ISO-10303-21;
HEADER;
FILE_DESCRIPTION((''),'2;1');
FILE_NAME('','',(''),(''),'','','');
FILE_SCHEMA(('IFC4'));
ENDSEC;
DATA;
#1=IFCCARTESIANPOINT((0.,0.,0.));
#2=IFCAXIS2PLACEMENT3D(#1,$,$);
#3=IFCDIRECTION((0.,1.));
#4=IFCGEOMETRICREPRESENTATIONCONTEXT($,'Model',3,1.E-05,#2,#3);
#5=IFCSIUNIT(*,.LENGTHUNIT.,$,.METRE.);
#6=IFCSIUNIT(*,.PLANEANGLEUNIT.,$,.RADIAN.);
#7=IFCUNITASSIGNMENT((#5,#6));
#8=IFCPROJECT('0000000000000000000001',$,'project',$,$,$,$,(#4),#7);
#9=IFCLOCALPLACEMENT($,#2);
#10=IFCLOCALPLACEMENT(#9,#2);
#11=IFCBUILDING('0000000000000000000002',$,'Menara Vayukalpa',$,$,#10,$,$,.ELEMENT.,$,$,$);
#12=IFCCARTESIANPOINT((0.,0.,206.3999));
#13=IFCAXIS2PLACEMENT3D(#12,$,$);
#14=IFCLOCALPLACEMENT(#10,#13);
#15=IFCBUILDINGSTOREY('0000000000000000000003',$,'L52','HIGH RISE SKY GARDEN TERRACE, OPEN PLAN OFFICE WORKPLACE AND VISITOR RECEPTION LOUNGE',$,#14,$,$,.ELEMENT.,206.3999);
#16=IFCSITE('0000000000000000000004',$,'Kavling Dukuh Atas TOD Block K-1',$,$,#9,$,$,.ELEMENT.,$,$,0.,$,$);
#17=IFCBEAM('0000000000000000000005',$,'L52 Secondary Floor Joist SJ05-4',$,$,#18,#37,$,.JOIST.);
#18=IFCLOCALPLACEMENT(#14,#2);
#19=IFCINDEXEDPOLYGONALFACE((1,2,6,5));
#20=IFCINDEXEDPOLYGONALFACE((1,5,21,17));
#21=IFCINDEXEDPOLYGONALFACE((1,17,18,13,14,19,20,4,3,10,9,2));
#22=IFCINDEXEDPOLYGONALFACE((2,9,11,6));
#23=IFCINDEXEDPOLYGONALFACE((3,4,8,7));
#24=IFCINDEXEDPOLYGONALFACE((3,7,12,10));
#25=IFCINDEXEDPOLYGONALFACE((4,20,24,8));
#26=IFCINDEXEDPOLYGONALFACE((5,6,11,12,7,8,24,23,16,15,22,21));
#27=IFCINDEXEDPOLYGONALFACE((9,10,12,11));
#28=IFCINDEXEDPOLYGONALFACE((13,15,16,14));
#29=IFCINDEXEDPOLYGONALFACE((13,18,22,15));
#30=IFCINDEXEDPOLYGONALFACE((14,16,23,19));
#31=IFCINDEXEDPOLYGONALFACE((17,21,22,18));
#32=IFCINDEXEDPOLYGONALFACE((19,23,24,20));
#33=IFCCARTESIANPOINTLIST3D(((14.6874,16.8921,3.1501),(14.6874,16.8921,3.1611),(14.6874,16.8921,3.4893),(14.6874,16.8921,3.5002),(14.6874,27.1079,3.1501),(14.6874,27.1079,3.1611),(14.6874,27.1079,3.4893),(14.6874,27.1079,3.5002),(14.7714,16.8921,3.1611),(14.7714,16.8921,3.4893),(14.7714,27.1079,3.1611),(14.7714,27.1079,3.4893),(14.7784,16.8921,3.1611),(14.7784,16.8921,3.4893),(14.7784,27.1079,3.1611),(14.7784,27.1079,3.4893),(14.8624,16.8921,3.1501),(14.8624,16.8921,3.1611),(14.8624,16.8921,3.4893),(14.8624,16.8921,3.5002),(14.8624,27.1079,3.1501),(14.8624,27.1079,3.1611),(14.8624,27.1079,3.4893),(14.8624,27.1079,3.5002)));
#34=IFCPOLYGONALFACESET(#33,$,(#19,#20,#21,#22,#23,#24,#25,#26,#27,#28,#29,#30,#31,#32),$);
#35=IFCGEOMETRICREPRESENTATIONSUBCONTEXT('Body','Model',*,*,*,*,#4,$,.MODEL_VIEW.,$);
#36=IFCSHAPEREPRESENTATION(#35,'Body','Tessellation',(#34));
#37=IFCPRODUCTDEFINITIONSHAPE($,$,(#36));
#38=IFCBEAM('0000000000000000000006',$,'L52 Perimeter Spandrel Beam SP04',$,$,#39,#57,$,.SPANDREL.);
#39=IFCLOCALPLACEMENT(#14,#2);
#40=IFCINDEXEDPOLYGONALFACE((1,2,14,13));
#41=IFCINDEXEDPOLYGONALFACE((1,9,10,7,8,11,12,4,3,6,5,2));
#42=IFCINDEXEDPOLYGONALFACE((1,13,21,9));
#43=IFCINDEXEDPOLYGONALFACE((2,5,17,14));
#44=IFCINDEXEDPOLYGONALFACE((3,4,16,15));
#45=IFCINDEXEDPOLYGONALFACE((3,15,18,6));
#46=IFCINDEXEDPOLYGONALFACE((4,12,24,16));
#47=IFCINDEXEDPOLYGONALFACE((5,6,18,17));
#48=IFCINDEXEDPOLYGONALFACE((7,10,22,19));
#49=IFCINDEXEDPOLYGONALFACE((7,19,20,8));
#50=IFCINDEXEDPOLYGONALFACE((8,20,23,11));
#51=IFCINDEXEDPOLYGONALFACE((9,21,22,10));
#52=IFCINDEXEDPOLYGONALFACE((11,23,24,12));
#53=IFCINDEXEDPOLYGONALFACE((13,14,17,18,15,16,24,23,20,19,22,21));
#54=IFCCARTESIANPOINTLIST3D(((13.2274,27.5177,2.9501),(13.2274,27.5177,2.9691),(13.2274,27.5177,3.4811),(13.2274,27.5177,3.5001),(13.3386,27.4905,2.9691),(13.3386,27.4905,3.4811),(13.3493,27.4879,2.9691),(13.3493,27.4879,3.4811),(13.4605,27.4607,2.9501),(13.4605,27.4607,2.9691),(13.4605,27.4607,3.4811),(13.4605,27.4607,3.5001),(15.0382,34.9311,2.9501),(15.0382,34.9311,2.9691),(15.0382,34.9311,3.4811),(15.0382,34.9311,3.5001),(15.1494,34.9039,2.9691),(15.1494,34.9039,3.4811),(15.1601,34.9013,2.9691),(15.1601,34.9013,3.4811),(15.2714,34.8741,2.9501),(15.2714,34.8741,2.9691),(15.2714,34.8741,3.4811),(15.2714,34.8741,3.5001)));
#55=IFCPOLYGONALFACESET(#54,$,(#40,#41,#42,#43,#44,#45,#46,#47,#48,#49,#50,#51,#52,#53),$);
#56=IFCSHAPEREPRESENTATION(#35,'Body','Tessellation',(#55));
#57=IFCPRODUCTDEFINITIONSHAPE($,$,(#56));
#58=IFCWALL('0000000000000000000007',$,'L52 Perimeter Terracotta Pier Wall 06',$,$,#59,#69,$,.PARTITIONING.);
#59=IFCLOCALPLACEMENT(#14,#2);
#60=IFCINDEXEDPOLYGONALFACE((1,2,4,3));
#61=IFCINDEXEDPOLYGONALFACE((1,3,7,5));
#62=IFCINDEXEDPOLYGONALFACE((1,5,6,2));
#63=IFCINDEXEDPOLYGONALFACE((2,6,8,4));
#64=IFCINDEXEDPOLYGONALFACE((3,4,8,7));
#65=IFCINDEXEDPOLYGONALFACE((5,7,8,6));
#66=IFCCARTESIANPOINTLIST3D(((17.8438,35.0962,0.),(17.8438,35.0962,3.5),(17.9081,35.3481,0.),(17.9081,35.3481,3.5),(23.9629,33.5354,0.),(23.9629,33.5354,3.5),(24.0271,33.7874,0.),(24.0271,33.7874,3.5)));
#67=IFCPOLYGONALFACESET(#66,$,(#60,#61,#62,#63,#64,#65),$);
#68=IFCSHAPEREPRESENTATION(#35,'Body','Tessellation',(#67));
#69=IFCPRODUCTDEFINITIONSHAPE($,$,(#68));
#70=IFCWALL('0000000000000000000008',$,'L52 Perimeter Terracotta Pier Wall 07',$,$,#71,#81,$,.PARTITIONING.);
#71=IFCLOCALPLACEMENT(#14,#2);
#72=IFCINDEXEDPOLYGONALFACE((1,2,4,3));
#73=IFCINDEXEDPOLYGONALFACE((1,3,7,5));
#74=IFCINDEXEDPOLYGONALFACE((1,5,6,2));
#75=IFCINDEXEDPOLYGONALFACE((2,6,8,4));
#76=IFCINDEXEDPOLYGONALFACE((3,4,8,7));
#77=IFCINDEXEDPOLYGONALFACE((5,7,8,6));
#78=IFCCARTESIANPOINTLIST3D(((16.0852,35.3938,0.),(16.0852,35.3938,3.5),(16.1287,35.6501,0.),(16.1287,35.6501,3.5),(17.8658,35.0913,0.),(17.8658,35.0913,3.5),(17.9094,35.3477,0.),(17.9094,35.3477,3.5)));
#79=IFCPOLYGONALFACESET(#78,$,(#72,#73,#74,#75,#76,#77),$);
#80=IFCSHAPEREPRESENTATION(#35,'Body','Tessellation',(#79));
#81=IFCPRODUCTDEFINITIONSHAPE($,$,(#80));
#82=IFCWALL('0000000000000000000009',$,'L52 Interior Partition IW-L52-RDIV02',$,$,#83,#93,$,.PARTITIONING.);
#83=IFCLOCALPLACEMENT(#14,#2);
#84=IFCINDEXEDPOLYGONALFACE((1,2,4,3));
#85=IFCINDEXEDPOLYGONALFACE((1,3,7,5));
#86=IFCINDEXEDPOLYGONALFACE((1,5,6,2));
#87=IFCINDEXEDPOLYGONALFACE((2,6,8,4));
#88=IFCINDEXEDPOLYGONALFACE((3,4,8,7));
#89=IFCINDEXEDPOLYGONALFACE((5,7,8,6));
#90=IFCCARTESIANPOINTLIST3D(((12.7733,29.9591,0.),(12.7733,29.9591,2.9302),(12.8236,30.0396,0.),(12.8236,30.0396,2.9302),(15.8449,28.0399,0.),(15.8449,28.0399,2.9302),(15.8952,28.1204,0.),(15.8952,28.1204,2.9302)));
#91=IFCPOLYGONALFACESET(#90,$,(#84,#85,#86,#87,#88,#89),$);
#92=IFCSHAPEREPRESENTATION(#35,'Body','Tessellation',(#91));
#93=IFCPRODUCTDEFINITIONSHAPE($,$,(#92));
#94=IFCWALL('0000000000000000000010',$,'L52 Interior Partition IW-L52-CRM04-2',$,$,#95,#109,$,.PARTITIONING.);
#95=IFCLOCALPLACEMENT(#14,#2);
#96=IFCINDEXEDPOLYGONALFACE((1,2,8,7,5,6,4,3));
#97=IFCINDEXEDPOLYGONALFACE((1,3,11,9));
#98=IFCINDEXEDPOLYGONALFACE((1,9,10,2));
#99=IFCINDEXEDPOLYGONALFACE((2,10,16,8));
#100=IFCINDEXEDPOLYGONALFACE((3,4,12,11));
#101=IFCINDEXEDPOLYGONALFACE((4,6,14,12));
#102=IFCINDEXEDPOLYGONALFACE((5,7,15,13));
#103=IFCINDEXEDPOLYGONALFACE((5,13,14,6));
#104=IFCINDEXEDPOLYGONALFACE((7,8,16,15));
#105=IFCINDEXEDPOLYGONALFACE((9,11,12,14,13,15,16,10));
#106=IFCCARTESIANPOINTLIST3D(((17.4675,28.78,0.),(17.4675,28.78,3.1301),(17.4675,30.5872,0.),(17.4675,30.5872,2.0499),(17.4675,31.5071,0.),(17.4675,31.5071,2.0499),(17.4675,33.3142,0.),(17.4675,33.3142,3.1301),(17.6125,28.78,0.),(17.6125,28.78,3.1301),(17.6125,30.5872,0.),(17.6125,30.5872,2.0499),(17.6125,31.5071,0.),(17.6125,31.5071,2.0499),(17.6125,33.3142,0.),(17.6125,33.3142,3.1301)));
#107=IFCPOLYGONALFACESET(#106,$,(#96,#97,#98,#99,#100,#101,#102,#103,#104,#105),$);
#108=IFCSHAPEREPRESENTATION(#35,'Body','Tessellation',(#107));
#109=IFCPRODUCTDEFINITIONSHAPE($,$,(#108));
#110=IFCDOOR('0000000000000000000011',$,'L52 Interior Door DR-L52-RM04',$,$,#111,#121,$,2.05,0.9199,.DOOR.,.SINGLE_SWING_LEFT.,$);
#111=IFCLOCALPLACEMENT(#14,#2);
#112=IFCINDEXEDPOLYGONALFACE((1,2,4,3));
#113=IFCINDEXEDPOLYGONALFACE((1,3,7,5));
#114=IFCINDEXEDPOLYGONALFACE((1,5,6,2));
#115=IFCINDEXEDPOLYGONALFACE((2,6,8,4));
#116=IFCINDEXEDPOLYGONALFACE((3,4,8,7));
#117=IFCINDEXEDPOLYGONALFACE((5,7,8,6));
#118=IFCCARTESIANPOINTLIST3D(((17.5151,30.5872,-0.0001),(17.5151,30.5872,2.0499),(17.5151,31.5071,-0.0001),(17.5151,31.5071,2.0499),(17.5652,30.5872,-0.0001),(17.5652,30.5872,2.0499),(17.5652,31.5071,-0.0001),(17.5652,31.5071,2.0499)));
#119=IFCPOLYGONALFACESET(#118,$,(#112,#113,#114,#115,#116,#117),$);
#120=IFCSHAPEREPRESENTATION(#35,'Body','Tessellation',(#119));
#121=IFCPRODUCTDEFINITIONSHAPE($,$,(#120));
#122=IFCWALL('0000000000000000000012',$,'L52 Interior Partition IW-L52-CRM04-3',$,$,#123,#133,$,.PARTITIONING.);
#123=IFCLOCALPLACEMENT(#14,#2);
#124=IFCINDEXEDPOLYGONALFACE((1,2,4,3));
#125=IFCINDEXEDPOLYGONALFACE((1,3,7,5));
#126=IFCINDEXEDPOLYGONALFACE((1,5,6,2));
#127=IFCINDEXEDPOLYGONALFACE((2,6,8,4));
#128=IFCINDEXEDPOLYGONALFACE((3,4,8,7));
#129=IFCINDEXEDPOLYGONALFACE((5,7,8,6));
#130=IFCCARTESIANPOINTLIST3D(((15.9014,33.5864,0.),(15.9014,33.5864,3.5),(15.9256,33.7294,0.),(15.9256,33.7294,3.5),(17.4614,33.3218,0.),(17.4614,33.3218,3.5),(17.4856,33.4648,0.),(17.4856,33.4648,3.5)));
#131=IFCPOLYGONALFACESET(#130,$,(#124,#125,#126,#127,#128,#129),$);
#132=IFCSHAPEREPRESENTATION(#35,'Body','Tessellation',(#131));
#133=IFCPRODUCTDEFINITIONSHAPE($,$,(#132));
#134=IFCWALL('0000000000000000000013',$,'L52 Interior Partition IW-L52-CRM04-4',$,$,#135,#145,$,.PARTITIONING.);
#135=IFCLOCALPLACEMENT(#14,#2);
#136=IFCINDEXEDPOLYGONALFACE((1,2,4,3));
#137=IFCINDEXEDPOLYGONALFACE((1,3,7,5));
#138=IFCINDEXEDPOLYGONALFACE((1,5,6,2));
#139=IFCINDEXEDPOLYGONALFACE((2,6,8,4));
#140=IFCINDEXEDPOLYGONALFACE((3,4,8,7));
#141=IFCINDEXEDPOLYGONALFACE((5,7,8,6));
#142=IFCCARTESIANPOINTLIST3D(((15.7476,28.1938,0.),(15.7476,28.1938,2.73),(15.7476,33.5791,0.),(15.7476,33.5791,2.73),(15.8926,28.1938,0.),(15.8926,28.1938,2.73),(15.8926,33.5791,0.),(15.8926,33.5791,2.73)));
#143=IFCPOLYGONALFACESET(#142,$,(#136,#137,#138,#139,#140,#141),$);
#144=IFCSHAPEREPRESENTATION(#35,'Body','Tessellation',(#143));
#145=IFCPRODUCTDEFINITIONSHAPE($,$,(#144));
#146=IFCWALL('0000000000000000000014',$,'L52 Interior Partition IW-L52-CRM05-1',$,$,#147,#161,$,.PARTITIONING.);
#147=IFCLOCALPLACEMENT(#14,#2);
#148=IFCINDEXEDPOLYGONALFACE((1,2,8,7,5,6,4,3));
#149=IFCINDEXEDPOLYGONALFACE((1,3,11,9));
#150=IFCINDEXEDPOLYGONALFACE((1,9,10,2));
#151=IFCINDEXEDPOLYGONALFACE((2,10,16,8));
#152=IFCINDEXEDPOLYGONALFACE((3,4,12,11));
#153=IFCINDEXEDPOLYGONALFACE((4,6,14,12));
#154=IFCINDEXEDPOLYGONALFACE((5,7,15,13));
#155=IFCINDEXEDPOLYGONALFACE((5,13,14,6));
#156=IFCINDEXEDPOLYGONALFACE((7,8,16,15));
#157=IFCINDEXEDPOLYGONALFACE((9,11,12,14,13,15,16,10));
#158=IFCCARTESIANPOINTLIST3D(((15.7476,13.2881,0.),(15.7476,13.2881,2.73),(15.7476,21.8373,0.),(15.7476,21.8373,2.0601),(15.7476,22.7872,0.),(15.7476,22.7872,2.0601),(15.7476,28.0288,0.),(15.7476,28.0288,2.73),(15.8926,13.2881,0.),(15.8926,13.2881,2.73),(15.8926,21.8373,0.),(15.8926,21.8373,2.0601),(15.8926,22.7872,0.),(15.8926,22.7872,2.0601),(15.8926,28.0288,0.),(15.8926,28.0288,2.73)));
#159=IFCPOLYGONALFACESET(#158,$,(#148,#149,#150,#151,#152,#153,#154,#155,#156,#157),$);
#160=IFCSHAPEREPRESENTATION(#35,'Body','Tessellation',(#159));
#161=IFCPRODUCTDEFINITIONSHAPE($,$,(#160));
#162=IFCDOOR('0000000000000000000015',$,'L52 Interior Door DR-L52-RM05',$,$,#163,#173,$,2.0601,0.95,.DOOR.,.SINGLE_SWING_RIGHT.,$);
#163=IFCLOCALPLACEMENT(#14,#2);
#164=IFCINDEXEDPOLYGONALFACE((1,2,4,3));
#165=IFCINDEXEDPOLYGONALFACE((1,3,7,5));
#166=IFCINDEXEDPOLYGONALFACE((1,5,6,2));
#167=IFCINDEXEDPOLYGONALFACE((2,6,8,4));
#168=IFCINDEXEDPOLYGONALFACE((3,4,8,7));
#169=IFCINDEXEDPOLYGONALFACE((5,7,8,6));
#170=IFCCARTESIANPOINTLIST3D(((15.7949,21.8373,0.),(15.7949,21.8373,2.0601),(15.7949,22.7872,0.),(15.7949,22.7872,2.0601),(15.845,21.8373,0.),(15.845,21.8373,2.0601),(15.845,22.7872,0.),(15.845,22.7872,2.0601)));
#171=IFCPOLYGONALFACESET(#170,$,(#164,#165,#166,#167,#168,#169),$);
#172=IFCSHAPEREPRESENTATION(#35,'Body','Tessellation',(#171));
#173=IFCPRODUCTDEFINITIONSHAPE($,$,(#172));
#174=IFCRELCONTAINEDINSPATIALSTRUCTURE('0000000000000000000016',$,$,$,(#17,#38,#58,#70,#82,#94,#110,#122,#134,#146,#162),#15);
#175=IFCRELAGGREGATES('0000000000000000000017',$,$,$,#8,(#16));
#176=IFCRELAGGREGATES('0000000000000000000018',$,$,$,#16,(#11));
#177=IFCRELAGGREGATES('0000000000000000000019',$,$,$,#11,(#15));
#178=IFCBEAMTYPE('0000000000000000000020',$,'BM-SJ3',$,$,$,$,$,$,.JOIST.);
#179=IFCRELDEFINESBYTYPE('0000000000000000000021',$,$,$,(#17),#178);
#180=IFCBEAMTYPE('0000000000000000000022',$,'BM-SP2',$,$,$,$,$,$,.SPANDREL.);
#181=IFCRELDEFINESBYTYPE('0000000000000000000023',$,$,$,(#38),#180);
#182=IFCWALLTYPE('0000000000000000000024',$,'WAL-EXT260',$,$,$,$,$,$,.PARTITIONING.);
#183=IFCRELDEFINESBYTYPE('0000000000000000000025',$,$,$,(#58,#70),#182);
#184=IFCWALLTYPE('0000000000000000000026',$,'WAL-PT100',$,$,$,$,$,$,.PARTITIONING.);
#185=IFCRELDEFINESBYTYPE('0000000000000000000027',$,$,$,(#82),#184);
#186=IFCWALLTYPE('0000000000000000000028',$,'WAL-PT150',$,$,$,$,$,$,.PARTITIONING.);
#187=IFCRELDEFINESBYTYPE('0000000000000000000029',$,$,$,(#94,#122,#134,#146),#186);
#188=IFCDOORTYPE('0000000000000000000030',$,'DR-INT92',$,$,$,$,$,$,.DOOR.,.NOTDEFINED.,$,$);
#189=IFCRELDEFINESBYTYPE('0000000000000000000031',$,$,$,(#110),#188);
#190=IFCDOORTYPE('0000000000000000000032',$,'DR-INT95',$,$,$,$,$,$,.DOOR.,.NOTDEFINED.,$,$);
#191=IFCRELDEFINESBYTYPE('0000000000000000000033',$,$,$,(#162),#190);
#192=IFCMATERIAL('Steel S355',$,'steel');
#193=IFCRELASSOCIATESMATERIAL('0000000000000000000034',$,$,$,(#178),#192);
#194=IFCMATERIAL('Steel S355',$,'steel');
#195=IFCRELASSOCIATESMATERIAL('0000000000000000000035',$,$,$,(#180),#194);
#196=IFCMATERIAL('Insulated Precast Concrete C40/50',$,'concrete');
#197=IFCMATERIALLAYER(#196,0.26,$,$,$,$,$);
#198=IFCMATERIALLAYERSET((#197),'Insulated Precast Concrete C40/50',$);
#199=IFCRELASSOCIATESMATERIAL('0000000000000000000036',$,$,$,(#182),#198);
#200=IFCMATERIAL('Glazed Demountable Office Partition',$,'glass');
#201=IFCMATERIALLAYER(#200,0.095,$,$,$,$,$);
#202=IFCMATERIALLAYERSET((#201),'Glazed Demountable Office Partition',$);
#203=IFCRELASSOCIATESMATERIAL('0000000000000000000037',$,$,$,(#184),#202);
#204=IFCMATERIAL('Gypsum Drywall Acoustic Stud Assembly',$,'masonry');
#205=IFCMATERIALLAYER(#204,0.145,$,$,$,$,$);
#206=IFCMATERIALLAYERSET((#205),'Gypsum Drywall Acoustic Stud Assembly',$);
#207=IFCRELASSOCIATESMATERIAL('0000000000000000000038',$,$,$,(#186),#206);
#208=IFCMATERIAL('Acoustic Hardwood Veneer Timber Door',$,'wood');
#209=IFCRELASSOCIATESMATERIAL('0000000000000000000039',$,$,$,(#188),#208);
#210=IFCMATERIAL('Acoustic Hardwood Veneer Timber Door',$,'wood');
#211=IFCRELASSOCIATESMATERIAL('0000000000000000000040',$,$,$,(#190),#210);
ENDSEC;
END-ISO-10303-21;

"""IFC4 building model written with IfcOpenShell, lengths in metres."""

from ifc_helpers import new_model, si_unit, direction, frame, frame_2d, origin, origin_2d, place, context, subcontext, project, spatial, rectangle, i_section, extrude, material, layer, layer_set, material_profile, profile_set, type_object, element, fill, save


model = new_model("IFC4")

# Units and contexts
model_context = context("Model", 3, precision=1e-05, world=origin(), true_north=direction((0.0, 1.0)))
body_context = subcontext(model_context, "Body", "Model", "MODEL_VIEW")
ifc_project = project(units=[si_unit("LENGTHUNIT", "METRE"), si_unit("PLANEANGLEUNIT", "RADIAN")], contexts=[model_context])

# Site, building, storey
site_placement = place(None, origin())
site = spatial("IfcSite", under=ifc_project, at=site_placement, Name="Kavling Dukuh Atas TOD Block K-1", CompositionType="ELEMENT", RefElevation=0.0)
building_placement = place(site_placement, origin())
building = spatial("IfcBuilding", under=site, at=building_placement, Name="Menara Vayukalpa", CompositionType="ELEMENT")
storey_placement = place(building_placement, frame((0.0, 0.0, 206.3999)))
storey = spatial("IfcBuildingStorey", under=building, at=storey_placement, Name="L52", Description="HIGH RISE SKY GARDEN TERRACE, OPEN PLAN OFFICE WORKPLACE AND VISITOR RECEPTION LOUNGE", CompositionType="ELEMENT", Elevation=206.3999)

# Beams
ifc_material_1 = material(Name="Steel S355", Category="steel")
ifc_material_profile_1 = material_profile(ifc_material_1, i_section(OverallWidth=0.175, OverallDepth=0.3501, WebThickness=0.0071, FlangeThickness=0.011, at=origin_2d()), Name="WF 350x175x7x11")
ifc_profile_set_1 = profile_set([ifc_material_profile_1], Name="Steel S355")
beam_type_1 = type_object("IfcBeamType", Name="BM-SJ3", PredefinedType="JOIST", material=ifc_profile_set_1)
beam_1_placement = place(storey_placement, frame((14.7749, 27.1079, 3.3252), z_axis=(0.0, -1.0, 0.0), x_axis=(1.0, 0.0, 0.0)))
element("IfcBeam", 1, at=beam_1_placement, inside=storey, type_object=beam_type_1, Name="L52 Secondary Floor Joist SJ05-4", PredefinedType="JOIST", context=body_context, shape_type="SweptSolid", body=[
    extrude(i_section(OverallWidth=0.175, OverallDepth=0.3501, WebThickness=0.0071, FlangeThickness=0.011, at=origin_2d()), origin(), (0.0, 0.0, 1.0), 10.2158),
])
ifc_material_2 = material(Name="Steel S355", Category="steel")
ifc_material_profile_2 = material_profile(ifc_material_2, i_section(OverallWidth=0.24, OverallDepth=0.55, WebThickness=0.011, FlangeThickness=0.019, at=origin_2d()), Name="WF 550x240x11x19")
ifc_profile_set_2 = profile_set([ifc_material_profile_2], Name="Steel S355")
beam_type_2 = type_object("IfcBeamType", Name="BM-SP2", PredefinedType="SPANDREL", material=ifc_profile_set_2)
beam_2_placement = place(storey_placement, frame((15.1548, 34.9026, 3.2251), z_axis=(-0.237285, -0.97144, 0.0), x_axis=(0.97144, -0.237285, 0.0)))
element("IfcBeam", 2, at=beam_2_placement, inside=storey, type_object=beam_type_2, Name="L52 Perimeter Spandrel Beam SP04", PredefinedType="SPANDREL", context=body_context, shape_type="SweptSolid", body=[
    extrude(i_section(OverallWidth=0.24, OverallDepth=0.55, WebThickness=0.011, FlangeThickness=0.019, at=origin_2d()), origin(), (0.0, 0.0, 1.0), 7.6313),
])

# Walls
ifc_material_3 = material(Name="Insulated Precast Concrete C40/50", Category="concrete")
ifc_layer_1 = layer(ifc_material_3, 0.26)
ifc_layer_set_1 = layer_set([ifc_layer_1], Name="Insulated Precast Concrete C40/50")
wall_type_1 = type_object("IfcWallType", Name="WAL-EXT260", PredefinedType="PARTITIONING", material=ifc_layer_set_1)
wall_1_placement = place(storey_placement, frame((17.876, 35.2222, 0.0), z_axis=(0.0, 0.0, 1.0), x_axis=(0.968976, -0.247154, 0.0)))
element("IfcWall", 3, at=wall_1_placement, inside=storey, type_object=wall_type_1, Name="L52 Perimeter Terracotta Pier Wall 06", PredefinedType="PARTITIONING", context=body_context, shape_type="SweptSolid", body=[
    extrude(rectangle(XDim=6.3149, YDim=0.26, at=frame_2d((3.1575, 0.0))), origin(), (0.0, 0.0, 1.0), 3.5),
])
wall_2_placement = place(storey_placement, frame((16.1069, 35.522, 0.0), z_axis=(0.0, 0.0, 1.0), x_axis=(0.985878, -0.167467, 0.0)))
element("IfcWall", 4, at=wall_2_placement, inside=storey, type_object=wall_type_1, Name="L52 Perimeter Terracotta Pier Wall 07", PredefinedType="PARTITIONING", context=body_context, shape_type="SweptSolid", body=[
    extrude(rectangle(XDim=1.8062, YDim=0.26, at=frame_2d((0.9031, 0.0))), origin(), (0.0, 0.0, 1.0), 3.5),
])
ifc_material_4 = material(Name="Glazed Demountable Office Partition", Category="glass")
ifc_layer_2 = layer(ifc_material_4, 0.095)
ifc_layer_set_2 = layer_set([ifc_layer_2], Name="Glazed Demountable Office Partition")
wall_type_2 = type_object("IfcWallType", Name="WAL-PT100", PredefinedType="PARTITIONING", material=ifc_layer_set_2)
wall_3_placement = place(storey_placement, frame((15.8701, 28.0801, 0.0), z_axis=(0.0, 0.0, 1.0), x_axis=(-0.848063, 0.529896, 0.0)))
element("IfcWall", 5, at=wall_3_placement, inside=storey, type_object=wall_type_2, Name="L52 Interior Partition IW-L52-RDIV02", PredefinedType="PARTITIONING", context=body_context, shape_type="SweptSolid", body=[
    extrude(rectangle(XDim=3.6218, YDim=0.095, at=frame_2d((1.811, 0.0))), origin(), (0.0, 0.0, 1.0), 2.9302),
])

# Wall, opening, door
ifc_material_5 = material(Name="Gypsum Drywall Acoustic Stud Assembly", Category="masonry")
ifc_layer_3 = layer(ifc_material_5, 0.145)
ifc_layer_set_3 = layer_set([ifc_layer_3], Name="Gypsum Drywall Acoustic Stud Assembly")
wall_type_3 = type_object("IfcWallType", Name="WAL-PT150", PredefinedType="PARTITIONING", material=ifc_layer_set_3)
wall_4_placement = place(storey_placement, frame((17.54, 28.78, 0.0), z_axis=(0.0, 0.0, 1.0), x_axis=(0.0, 1.0, 0.0)))
wall_4 = element("IfcWall", 6, at=wall_4_placement, inside=storey, type_object=wall_type_3, Name="L52 Interior Partition IW-L52-CRM04-2", PredefinedType="PARTITIONING", context=body_context, shape_type="SweptSolid", body=[
    extrude(rectangle(XDim=4.5342, YDim=0.145, at=frame_2d((2.2671, 0.0))), origin(), (0.0, 0.0, 1.0), 3.1301),
])
opening_1_placement = place(wall_4_placement, frame((1.8071, 0.0, 0.0)))
opening_1 = element("IfcOpeningElement", 7, at=opening_1_placement, cuts=wall_4, PredefinedType="OPENING", context=body_context, shape_type="SweptSolid", body=[
    extrude(rectangle(XDim=0.9199, YDim=2.05, at=frame_2d((0.46, 1.0249))), frame((0.0, 0.0825, 0.0), z_axis=(0.0, -1.0, 0.0), x_axis=(1.0, 0.0, 0.0)), (0.0, 0.0, 1.0), 0.165),
])
ifc_material_6 = material(Name="Acoustic Hardwood Veneer Timber Door", Category="wood")
door_type_1 = type_object("IfcDoorType", Name="DR-INT92", OperationType="NOTDEFINED", PredefinedType="DOOR", material=ifc_material_6)
door_1_placement = place(opening_1_placement, origin())
door_1 = element("IfcDoor", 8, at=door_1_placement, inside=storey, type_object=door_type_1, Name="L52 Interior Door DR-L52-RM04", OperationType="SINGLE_SWING_LEFT", OverallHeight=2.05, OverallWidth=0.9199, PredefinedType="DOOR", context=body_context, shape_type="SweptSolid", body=[
    extrude(rectangle(XDim=0.9199, YDim=2.05, at=frame_2d((0.46, 1.0249))), frame((0.0, 0.0249, 0.0), z_axis=(0.0, -1.0, 0.0), x_axis=(1.0, 0.0, 0.0)), (0.0, 0.0, 1.0), 0.05),
])
fill(opening_1, door_1)

# Walls
wall_5_placement = place(storey_placement, frame((17.4734, 33.3933, 0.0), z_axis=(0.0, 0.0, 1.0), x_axis=(-0.985914, 0.167251, 0.0)))
element("IfcWall", 9, at=wall_5_placement, inside=storey, type_object=wall_type_3, Name="L52 Interior Partition IW-L52-CRM04-3", PredefinedType="PARTITIONING", context=body_context, shape_type="SweptSolid", body=[
    extrude(rectangle(XDim=1.5823, YDim=0.145, at=frame_2d((0.791, 0.0))), origin(), (0.0, 0.0, 1.0), 3.5),
])
wall_6_placement = place(storey_placement, frame((15.8201, 33.5791, 0.0), z_axis=(0.0, 0.0, 1.0), x_axis=(0.0, -1.0, 0.0)))
element("IfcWall", 10, at=wall_6_placement, inside=storey, type_object=wall_type_3, Name="L52 Interior Partition IW-L52-CRM04-4", PredefinedType="PARTITIONING", context=body_context, shape_type="SweptSolid", body=[
    extrude(rectangle(XDim=5.3853, YDim=0.145, at=frame_2d((2.6926, 0.0))), origin(), (0.0, 0.0, 1.0), 2.73),
])

# Wall, opening, door
wall_7_placement = place(storey_placement, frame((15.8201, 28.0288, 0.0), z_axis=(0.0, 0.0, 1.0), x_axis=(0.0, -1.0, 0.0)))
wall_7 = element("IfcWall", 11, at=wall_7_placement, inside=storey, type_object=wall_type_3, Name="L52 Interior Partition IW-L52-CRM05-1", PredefinedType="PARTITIONING", context=body_context, shape_type="SweptSolid", body=[
    extrude(rectangle(XDim=14.7407, YDim=0.145, at=frame_2d((7.3704, 0.0))), origin(), (0.0, 0.0, 1.0), 2.73),
])
opening_2_placement = place(wall_7_placement, frame((5.2415, 0.0, 0.0)))
opening_2 = element("IfcOpeningElement", 12, at=opening_2_placement, cuts=wall_7, PredefinedType="OPENING", context=body_context, shape_type="SweptSolid", body=[
    extrude(rectangle(XDim=0.95, YDim=2.0601, at=frame_2d((0.4751, 1.03))), frame((0.0, 0.0825, 0.0), z_axis=(0.0, -1.0, 0.0), x_axis=(1.0, 0.0, 0.0)), (0.0, 0.0, 1.0), 0.165),
])
ifc_material_7 = material(Name="Acoustic Hardwood Veneer Timber Door", Category="wood")
door_type_2 = type_object("IfcDoorType", Name="DR-INT95", OperationType="NOTDEFINED", PredefinedType="DOOR", material=ifc_material_7)
door_2_placement = place(opening_2_placement, origin())
door_2 = element("IfcDoor", 13, at=door_2_placement, inside=storey, type_object=door_type_2, Name="L52 Interior Door DR-L52-RM05", OperationType="SINGLE_SWING_RIGHT", OverallHeight=2.0601, OverallWidth=0.95, PredefinedType="DOOR", context=body_context, shape_type="SweptSolid", body=[
    extrude(rectangle(XDim=0.95, YDim=2.0601, at=frame_2d((0.4751, 1.03))), frame((0.0, 0.0249, 0.0), z_axis=(0.0, -1.0, 0.0), x_axis=(1.0, 0.0, 0.0)), (0.0, 0.0, 1.0), 0.05),
])
fill(opening_2, door_2)

save(model, "model.ifc")
